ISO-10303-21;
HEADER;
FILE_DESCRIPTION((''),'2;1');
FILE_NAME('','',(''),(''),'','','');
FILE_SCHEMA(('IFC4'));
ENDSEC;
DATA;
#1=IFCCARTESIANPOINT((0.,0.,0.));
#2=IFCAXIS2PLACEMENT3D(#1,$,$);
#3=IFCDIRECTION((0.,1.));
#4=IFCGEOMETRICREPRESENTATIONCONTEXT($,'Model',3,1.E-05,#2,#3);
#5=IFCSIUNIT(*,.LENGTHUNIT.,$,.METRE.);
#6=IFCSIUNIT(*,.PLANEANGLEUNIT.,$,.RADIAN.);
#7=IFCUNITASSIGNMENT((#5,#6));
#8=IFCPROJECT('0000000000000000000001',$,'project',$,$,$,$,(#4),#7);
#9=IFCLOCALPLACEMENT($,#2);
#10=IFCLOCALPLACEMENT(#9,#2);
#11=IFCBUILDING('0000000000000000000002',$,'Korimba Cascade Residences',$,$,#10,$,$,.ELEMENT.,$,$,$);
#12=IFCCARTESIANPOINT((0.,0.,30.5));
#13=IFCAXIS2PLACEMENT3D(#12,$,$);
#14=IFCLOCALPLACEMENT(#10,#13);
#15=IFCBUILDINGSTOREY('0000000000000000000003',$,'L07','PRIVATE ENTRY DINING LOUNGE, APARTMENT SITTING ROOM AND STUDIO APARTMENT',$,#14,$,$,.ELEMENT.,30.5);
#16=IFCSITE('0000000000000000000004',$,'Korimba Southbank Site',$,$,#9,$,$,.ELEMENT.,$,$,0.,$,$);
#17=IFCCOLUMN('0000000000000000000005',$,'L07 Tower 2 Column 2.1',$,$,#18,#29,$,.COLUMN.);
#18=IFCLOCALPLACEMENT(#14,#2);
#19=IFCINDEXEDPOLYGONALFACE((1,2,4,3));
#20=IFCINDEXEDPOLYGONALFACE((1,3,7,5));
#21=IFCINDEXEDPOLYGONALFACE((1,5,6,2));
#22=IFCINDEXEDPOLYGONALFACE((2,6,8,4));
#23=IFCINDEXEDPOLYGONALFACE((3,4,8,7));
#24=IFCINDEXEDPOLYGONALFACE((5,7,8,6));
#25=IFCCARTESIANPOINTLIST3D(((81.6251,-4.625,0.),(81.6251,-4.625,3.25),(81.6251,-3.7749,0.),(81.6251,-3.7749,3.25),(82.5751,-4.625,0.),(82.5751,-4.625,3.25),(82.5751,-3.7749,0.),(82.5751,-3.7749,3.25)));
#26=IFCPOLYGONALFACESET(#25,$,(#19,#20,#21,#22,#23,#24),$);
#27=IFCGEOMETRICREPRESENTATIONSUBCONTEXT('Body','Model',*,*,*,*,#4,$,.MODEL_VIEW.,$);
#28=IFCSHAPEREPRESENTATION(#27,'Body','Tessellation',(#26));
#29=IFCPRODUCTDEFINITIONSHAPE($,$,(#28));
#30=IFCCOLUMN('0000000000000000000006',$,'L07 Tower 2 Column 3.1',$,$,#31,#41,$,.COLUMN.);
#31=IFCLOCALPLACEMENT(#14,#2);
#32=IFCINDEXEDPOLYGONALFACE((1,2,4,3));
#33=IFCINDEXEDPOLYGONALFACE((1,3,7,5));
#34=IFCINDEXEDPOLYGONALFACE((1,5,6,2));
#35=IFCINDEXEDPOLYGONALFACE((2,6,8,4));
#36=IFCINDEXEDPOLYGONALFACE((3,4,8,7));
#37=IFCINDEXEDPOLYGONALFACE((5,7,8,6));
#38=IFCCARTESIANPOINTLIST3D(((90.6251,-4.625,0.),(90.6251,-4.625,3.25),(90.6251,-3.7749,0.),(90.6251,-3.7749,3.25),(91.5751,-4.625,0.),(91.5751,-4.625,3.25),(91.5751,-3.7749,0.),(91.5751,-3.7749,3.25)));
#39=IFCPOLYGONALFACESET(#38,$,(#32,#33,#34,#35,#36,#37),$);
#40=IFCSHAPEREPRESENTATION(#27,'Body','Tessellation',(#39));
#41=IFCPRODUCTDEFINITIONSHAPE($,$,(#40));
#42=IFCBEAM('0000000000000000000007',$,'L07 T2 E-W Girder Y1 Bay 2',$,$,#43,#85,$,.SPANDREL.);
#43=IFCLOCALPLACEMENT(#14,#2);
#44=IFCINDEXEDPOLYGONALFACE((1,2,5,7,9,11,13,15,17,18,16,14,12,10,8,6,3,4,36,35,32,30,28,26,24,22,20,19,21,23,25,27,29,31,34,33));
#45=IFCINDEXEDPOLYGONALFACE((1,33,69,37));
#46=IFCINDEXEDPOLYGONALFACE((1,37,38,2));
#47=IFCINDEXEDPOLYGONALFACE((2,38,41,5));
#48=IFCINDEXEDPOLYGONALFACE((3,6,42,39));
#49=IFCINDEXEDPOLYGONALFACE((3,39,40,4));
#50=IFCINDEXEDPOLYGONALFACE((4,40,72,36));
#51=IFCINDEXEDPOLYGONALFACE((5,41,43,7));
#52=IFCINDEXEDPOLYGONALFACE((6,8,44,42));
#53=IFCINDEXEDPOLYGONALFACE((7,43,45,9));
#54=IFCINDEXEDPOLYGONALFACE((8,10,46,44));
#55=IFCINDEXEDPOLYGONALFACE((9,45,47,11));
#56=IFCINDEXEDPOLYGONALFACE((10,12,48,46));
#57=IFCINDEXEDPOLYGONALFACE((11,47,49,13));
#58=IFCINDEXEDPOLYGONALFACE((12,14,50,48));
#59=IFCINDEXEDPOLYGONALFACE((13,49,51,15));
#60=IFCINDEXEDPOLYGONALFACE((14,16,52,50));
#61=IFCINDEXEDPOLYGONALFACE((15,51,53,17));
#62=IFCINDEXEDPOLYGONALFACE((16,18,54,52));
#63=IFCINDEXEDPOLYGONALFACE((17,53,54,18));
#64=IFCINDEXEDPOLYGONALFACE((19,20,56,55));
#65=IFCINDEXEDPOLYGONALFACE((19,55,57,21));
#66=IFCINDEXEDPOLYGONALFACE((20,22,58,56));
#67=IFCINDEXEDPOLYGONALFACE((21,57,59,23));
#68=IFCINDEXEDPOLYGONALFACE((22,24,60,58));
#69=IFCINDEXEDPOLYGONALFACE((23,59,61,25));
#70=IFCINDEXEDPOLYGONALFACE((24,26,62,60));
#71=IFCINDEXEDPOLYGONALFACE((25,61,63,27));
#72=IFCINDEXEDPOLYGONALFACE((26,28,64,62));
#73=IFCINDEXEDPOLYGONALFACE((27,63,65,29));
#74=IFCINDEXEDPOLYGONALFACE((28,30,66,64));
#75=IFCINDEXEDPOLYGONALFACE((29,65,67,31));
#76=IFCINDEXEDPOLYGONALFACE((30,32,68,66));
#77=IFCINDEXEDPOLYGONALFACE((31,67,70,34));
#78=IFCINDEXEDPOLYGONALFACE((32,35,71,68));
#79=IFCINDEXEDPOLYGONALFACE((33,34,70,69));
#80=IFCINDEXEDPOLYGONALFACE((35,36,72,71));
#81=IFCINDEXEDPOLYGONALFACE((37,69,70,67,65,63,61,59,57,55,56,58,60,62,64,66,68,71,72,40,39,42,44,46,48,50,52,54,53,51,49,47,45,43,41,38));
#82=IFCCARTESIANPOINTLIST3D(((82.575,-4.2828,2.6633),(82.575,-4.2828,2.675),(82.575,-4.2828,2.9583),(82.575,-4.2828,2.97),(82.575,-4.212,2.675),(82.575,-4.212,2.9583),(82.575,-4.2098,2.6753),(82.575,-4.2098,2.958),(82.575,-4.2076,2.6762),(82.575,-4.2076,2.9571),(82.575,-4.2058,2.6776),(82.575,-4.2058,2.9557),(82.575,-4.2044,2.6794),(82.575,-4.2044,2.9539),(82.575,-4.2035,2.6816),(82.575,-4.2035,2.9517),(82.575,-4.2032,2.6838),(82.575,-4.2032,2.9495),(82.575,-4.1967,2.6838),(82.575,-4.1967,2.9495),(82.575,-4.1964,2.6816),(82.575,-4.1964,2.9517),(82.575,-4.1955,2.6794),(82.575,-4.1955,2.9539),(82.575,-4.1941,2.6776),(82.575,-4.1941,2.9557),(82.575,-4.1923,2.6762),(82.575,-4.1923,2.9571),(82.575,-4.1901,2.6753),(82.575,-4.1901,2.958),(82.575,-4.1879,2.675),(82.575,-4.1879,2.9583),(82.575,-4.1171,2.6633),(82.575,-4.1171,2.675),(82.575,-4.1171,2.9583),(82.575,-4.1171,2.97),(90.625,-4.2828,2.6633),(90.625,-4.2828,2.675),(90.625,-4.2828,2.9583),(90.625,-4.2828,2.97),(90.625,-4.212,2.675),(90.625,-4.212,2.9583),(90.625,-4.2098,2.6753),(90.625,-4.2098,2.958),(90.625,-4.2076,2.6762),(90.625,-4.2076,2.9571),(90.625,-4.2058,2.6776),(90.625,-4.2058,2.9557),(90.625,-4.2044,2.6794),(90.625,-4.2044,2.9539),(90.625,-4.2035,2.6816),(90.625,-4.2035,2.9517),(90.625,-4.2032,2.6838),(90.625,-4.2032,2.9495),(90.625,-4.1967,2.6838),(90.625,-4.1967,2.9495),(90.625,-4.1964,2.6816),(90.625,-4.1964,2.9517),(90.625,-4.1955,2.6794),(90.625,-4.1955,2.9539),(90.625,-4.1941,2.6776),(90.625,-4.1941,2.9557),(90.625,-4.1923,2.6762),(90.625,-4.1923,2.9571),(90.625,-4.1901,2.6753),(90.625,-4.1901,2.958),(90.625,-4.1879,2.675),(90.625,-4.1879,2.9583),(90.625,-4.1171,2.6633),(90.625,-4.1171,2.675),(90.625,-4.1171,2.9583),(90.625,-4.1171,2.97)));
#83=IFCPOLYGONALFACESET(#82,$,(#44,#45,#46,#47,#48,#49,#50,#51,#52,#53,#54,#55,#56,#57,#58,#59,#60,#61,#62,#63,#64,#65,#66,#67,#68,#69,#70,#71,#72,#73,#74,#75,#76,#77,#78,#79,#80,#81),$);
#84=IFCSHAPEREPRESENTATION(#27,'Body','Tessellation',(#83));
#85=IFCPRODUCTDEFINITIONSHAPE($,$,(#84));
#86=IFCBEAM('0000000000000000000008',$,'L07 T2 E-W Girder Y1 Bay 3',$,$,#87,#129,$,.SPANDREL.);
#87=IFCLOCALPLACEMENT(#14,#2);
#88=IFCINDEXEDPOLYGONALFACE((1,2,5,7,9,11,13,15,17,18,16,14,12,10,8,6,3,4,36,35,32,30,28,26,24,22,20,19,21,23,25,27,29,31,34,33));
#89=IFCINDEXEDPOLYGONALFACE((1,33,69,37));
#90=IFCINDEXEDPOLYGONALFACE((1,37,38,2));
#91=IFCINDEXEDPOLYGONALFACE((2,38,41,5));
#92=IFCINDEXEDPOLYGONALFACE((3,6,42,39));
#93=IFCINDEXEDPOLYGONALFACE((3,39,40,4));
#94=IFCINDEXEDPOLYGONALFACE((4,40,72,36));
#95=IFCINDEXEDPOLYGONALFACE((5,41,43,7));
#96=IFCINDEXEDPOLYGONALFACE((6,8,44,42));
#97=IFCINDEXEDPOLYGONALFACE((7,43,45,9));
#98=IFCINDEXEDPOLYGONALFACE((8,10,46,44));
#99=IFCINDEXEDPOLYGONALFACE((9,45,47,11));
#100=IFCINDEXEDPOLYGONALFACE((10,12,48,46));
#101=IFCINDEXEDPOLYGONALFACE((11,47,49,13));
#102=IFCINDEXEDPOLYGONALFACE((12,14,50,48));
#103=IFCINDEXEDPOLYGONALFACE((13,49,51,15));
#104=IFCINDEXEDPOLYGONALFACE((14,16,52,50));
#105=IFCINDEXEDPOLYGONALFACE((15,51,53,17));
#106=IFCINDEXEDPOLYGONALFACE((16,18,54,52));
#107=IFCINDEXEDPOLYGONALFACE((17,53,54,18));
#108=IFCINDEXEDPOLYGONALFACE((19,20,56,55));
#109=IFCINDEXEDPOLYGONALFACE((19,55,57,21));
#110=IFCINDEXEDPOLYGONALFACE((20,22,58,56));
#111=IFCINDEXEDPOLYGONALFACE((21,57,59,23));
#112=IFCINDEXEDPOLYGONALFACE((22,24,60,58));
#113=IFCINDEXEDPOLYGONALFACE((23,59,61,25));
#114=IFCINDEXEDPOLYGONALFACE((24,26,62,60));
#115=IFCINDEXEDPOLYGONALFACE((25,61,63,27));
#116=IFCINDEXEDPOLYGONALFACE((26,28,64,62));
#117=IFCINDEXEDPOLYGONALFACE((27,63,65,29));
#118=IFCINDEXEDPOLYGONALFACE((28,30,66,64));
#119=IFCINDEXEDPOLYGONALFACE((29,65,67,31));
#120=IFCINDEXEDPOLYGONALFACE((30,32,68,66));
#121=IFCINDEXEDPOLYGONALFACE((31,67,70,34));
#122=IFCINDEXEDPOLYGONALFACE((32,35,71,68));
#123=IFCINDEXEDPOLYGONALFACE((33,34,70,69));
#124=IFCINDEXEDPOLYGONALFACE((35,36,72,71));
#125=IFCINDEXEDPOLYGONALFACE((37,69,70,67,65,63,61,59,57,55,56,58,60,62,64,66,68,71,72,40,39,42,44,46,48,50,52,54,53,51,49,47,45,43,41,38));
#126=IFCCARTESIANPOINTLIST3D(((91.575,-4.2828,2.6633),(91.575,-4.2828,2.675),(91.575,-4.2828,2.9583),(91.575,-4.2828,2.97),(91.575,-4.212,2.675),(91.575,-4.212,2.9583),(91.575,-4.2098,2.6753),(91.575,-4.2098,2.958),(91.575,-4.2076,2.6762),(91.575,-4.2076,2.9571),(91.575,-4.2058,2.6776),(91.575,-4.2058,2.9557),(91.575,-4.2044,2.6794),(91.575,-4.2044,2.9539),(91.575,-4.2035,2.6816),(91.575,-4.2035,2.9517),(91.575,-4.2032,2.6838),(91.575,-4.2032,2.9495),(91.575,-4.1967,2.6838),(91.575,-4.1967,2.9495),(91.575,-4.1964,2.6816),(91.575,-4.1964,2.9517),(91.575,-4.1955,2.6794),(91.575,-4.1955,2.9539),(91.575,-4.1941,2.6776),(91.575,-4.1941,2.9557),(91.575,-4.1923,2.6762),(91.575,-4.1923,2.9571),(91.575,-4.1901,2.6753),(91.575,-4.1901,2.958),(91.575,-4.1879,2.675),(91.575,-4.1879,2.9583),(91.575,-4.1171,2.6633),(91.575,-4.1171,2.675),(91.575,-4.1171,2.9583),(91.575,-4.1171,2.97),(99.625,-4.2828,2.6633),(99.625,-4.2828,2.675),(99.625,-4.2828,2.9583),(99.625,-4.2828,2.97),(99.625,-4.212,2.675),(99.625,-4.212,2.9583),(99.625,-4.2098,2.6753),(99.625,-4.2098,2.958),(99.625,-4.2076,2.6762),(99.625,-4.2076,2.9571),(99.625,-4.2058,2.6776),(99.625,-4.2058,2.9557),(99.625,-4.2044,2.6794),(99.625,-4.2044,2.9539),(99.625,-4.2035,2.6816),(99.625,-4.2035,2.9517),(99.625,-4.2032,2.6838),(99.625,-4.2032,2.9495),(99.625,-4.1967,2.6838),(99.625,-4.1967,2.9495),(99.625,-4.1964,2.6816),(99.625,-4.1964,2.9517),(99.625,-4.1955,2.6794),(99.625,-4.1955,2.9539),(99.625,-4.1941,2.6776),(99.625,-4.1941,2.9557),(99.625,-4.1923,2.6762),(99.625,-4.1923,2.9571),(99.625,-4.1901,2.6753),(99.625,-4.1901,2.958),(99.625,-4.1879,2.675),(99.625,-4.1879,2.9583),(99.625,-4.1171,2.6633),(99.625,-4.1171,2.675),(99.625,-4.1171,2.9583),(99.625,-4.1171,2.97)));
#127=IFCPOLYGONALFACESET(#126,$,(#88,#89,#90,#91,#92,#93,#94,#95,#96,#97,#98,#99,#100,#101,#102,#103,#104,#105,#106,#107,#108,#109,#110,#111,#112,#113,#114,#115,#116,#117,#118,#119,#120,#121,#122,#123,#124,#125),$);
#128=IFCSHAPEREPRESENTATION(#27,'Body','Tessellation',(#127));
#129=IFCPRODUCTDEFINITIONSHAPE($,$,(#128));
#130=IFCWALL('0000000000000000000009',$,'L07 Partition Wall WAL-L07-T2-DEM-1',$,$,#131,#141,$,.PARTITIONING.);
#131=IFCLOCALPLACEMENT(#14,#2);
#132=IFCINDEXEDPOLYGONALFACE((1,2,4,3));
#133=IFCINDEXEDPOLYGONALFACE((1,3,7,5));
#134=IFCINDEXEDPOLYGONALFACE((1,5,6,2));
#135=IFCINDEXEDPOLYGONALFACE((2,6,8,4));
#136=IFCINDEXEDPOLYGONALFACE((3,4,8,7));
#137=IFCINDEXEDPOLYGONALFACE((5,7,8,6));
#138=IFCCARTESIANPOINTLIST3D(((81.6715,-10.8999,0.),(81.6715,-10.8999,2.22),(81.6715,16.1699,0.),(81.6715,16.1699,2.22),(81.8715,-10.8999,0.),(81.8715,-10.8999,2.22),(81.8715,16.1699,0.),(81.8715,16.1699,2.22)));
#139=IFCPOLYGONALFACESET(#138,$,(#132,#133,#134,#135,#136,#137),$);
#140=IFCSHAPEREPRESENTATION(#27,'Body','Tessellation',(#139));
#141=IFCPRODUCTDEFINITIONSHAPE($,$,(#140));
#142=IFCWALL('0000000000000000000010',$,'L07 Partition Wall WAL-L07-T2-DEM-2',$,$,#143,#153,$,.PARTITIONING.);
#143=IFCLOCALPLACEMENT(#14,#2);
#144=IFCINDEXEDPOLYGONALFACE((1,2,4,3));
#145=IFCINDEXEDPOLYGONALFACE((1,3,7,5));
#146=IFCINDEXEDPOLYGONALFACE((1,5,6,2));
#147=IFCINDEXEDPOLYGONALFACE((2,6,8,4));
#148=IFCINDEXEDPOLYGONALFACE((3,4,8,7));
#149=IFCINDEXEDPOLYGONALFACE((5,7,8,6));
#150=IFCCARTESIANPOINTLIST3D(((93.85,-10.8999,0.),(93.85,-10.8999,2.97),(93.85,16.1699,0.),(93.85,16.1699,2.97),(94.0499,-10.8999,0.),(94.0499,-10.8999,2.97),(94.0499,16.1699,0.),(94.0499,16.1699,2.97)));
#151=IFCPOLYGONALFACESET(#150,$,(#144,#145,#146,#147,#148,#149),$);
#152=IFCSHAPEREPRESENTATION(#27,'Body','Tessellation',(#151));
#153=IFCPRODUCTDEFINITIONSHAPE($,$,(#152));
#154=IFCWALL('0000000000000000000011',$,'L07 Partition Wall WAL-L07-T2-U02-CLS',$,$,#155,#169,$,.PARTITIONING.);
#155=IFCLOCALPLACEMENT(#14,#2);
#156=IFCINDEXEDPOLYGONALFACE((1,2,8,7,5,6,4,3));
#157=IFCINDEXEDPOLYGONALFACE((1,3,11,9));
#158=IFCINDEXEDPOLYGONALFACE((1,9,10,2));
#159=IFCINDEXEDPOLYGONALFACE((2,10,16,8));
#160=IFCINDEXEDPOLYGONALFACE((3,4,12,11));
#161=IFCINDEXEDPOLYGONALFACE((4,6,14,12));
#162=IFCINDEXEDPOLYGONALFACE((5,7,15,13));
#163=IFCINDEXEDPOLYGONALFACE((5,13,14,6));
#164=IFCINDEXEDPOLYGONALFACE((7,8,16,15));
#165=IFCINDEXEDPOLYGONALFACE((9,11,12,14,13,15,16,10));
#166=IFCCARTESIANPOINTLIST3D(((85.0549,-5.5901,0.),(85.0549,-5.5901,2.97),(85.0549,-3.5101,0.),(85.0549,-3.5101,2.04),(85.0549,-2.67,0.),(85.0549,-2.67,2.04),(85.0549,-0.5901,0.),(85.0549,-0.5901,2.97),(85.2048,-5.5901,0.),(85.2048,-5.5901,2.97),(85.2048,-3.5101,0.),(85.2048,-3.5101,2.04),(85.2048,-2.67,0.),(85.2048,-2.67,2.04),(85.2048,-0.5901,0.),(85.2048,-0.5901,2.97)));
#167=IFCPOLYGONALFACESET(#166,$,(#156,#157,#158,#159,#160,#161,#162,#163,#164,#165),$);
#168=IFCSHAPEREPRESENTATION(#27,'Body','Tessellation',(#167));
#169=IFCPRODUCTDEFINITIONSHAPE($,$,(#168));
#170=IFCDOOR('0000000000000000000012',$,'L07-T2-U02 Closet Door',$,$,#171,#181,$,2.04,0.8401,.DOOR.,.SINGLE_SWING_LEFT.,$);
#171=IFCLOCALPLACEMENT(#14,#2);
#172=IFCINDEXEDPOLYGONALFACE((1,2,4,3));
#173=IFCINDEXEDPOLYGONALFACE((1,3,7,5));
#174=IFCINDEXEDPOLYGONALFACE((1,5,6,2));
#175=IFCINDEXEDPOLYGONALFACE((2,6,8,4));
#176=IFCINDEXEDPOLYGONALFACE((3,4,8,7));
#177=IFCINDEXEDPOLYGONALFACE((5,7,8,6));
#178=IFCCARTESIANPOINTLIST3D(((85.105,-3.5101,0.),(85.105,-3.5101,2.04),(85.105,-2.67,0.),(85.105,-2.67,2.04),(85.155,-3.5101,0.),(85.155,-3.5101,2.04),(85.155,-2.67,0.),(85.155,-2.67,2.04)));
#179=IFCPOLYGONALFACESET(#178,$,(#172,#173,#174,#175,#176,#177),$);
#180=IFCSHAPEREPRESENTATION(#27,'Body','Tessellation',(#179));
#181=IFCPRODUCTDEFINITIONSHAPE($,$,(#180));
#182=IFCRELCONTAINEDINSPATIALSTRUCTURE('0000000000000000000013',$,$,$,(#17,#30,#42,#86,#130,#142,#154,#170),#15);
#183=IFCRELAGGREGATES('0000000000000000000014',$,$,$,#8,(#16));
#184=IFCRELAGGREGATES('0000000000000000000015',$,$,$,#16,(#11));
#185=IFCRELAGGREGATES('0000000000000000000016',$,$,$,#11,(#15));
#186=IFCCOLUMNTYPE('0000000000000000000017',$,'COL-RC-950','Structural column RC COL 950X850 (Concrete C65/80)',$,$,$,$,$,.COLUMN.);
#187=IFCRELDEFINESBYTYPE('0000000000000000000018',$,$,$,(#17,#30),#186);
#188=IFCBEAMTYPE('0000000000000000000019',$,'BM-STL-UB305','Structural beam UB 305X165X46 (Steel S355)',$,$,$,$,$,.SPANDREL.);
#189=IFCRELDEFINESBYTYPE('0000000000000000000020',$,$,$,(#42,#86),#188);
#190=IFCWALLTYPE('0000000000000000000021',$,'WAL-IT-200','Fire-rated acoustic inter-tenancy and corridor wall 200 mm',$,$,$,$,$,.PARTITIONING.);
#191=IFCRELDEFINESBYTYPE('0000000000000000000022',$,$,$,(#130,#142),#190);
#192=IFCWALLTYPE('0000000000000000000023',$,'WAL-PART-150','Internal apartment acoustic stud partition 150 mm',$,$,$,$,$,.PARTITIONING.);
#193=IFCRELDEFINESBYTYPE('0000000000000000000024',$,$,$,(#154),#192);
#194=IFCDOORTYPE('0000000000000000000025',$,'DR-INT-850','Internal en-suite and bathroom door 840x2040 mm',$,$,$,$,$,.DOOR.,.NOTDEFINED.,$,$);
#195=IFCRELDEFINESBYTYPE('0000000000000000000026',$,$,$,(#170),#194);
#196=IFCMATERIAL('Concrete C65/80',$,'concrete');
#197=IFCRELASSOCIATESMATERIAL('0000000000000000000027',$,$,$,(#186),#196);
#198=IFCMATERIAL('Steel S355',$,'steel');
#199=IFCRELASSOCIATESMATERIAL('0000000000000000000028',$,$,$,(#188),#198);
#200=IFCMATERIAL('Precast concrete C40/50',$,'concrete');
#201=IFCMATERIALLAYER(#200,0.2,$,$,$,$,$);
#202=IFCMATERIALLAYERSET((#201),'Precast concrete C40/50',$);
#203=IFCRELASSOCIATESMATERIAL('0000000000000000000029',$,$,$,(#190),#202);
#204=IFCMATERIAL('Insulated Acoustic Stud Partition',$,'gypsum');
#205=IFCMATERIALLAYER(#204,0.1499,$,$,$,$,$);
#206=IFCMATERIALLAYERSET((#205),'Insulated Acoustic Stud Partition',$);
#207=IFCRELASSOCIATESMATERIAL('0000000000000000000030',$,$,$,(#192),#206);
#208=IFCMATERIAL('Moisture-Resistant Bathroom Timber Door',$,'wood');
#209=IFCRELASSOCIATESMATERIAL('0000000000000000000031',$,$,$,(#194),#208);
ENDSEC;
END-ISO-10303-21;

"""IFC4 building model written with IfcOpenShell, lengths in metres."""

from ifc_helpers import new_model, si_unit, direction, frame, frame_2d, origin, origin_2d, place, context, subcontext, project, spatial, rectangle, i_section, extrude, material, layer, layer_set, material_profile, profile_set, type_object, element, fill, save


model = new_model("IFC4")

# Units and contexts
model_context = context("Model", 3, precision=1e-05, world=origin(), true_north=direction((0.0, 1.0)))
body_context = subcontext(model_context, "Body", "Model", "MODEL_VIEW")
ifc_project = project(units=[si_unit("LENGTHUNIT", "METRE"), si_unit("PLANEANGLEUNIT", "RADIAN")], contexts=[model_context])

# Site, building, storey
site_placement = place(None, origin())
site = spatial("IfcSite", under=ifc_project, at=site_placement, Name="Korimba Southbank Site", CompositionType="ELEMENT", RefElevation=0.0)
building_placement = place(site_placement, origin())
building = spatial("IfcBuilding", under=site, at=building_placement, Name="Korimba Cascade Residences", CompositionType="ELEMENT")
storey_placement = place(building_placement, frame((0.0, 0.0, 30.5)))
storey = spatial("IfcBuildingStorey", under=building, at=storey_placement, Name="L07", Description="PRIVATE ENTRY DINING LOUNGE, APARTMENT SITTING ROOM AND STUDIO APARTMENT", CompositionType="ELEMENT", Elevation=30.5)

# Columns
ifc_material_1 = material(Name="Concrete C65/80", Category="concrete")
ifc_material_profile_1 = material_profile(ifc_material_1, rectangle(XDim=0.95, YDim=0.8501, at=origin_2d()), Name="Concrete C65/80")
ifc_profile_set_1 = profile_set([ifc_material_profile_1], Name="Concrete C65/80")
column_type = type_object("IfcColumnType", Name="COL-RC-950", Description="Structural column RC COL 950X850 (Concrete C65/80)", PredefinedType="COLUMN", material=ifc_profile_set_1)
for number, where, z_axis, x_axis, name in (
    (1, (82.1001, -4.2, 0.0), (0.0, 0.0, 1.0), (1.0, 0.0, 0.0), "L07 Tower 2 Column 2.1"),
    (2, (91.1001, -4.2, 0.0), (0.0, 0.0, 1.0), (1.0, 0.0, 0.0), "L07 Tower 2 Column 3.1"),
):
    element("IfcColumn", number, at=place(storey_placement, frame(where, z_axis=z_axis, x_axis=x_axis)), inside=storey, type_object=column_type, Name=name, PredefinedType="COLUMN", context=body_context, shape_type="SweptSolid", body=[
        extrude(rectangle(XDim=0.95, YDim=0.8501, at=origin_2d()), origin(), (0.0, 0.0, 1.0), 3.25),
    ])

# Beams
ifc_material_2 = material(Name="Steel S355", Category="steel")
ifc_material_profile_2 = material_profile(ifc_material_2, i_section(OverallWidth=0.1658, OverallDepth=0.3066, WebThickness=0.0066, FlangeThickness=0.0117, FilletRadius=0.0088, at=origin_2d()), Name="Steel S355")
ifc_profile_set_2 = profile_set([ifc_material_profile_2], Name="Steel S355")
beam_type = type_object("IfcBeamType", Name="BM-STL-UB305", Description="Structural beam UB 305X165X46 (Steel S355)", PredefinedType="SPANDREL", material=ifc_profile_set_2)
for number, where, z_axis, x_axis, name in (
    (3, (82.575, -4.2, 2.8167), (1.0, 0.0, 0.0), (0.0, 1.0, 0.0), "L07 T2 E-W Girder Y1 Bay 2"),
    (4, (91.575, -4.2, 2.8167), (1.0, 0.0, 0.0), (0.0, 1.0, 0.0), "L07 T2 E-W Girder Y1 Bay 3"),
):
    element("IfcBeam", number, at=place(storey_placement, frame(where, z_axis=z_axis, x_axis=x_axis)), inside=storey, type_object=beam_type, Name=name, PredefinedType="SPANDREL", context=body_context, shape_type="SweptSolid", body=[
        extrude(i_section(OverallWidth=0.1658, OverallDepth=0.3066, WebThickness=0.0066, FlangeThickness=0.0117, FilletRadius=0.0088, at=origin_2d()), origin(), (0.0, 0.0, 1.0), 8.05),
    ])

# Walls
ifc_material_3 = material(Name="Precast concrete C40/50", Category="concrete")
ifc_layer_1 = layer(ifc_material_3, 0.2)
ifc_layer_set_1 = layer_set([ifc_layer_1], Name="Precast concrete C40/50")
wall_type_1 = type_object("IfcWallType", Name="WAL-IT-200", Description="Fire-rated acoustic inter-tenancy and corridor wall 200 mm", PredefinedType="PARTITIONING", material=ifc_layer_set_1)
wall_1_placement = place(storey_placement, frame((81.7715, -10.8999, 0.0), z_axis=(0.0, 0.0, 1.0), x_axis=(0.0, 1.0, 0.0)))
element("IfcWall", 5, at=wall_1_placement, inside=storey, type_object=wall_type_1, Name="L07 Partition Wall WAL-L07-T2-DEM-1", PredefinedType="PARTITIONING", context=body_context, shape_type="SweptSolid", body=[
    extrude(rectangle(XDim=27.0698, YDim=0.2, at=frame_2d((13.5349, 0.0))), origin(), (0.0, 0.0, 1.0), 2.22),
])
wall_2_placement = place(storey_placement, frame((93.95, -10.8999, 0.0), z_axis=(0.0, 0.0, 1.0), x_axis=(0.0, 1.0, 0.0)))
element("IfcWall", 6, at=wall_2_placement, inside=storey, type_object=wall_type_1, Name="L07 Partition Wall WAL-L07-T2-DEM-2", PredefinedType="PARTITIONING", context=body_context, shape_type="SweptSolid", body=[
    extrude(rectangle(XDim=27.0698, YDim=0.2, at=frame_2d((13.5349, 0.0))), origin(), (0.0, 0.0, 1.0), 2.97),
])

# Wall, opening, door
ifc_material_4 = material(Name="Insulated Acoustic Stud Partition", Category="gypsum")
ifc_layer_2 = layer(ifc_material_4, 0.1499)
ifc_layer_set_2 = layer_set([ifc_layer_2], Name="Insulated Acoustic Stud Partition")
wall_type_2 = type_object("IfcWallType", Name="WAL-PART-150", Description="Internal apartment acoustic stud partition 150 mm", PredefinedType="PARTITIONING", material=ifc_layer_set_2)
wall_3_placement = place(storey_placement, frame((85.1299, -5.5901, 0.0), z_axis=(0.0, 0.0, 1.0), x_axis=(0.0, 1.0, 0.0)))
wall_3 = element("IfcWall", 7, at=wall_3_placement, inside=storey, type_object=wall_type_2, Name="L07 Partition Wall WAL-L07-T2-U02-CLS", PredefinedType="PARTITIONING", context=body_context, shape_type="SweptSolid", body=[
    extrude(rectangle(XDim=5.0, YDim=0.1499, at=frame_2d((2.5, 0.0))), origin(), (0.0, 0.0, 1.0), 2.97),
])
opening_1_placement = place(wall_3_placement, frame((2.0801, 0.0, 0.0)))
opening_1 = element("IfcOpeningElement", 8, at=opening_1_placement, cuts=wall_3, PredefinedType="OPENING", context=body_context, shape_type="SweptSolid", body=[
    extrude(rectangle(XDim=0.8401, YDim=2.04, at=frame_2d((0.4199, 1.02))), frame((0.0, 0.085, 0.0), z_axis=(0.0, -1.0, 0.0), x_axis=(1.0, 0.0, 0.0)), (0.0, 0.0, 1.0), 0.1699),
])
ifc_material_5 = material(Name="Moisture-Resistant Bathroom Timber Door", Category="wood")
door_type_1 = type_object("IfcDoorType", Name="DR-INT-850", Description="Internal en-suite and bathroom door 840x2040 mm", OperationType="NOTDEFINED", PredefinedType="DOOR", material=ifc_material_5)
door_1_placement = place(opening_1_placement, origin())
door_1 = element("IfcDoor", 9, at=door_1_placement, inside=storey, type_object=door_type_1, Name="L07-T2-U02 Closet Door", OperationType="SINGLE_SWING_LEFT", OverallHeight=2.04, OverallWidth=0.8401, PredefinedType="DOOR", context=body_context, shape_type="SweptSolid", body=[
    extrude(rectangle(XDim=0.8401, YDim=2.04, at=frame_2d((0.4199, 1.02))), frame((0.0, 0.0249, 0.0), z_axis=(0.0, -1.0, 0.0), x_axis=(1.0, 0.0, 0.0)), (0.0, 0.0, 1.0), 0.05),
])
fill(opening_1, door_1)

save(model, "model.ifc")
